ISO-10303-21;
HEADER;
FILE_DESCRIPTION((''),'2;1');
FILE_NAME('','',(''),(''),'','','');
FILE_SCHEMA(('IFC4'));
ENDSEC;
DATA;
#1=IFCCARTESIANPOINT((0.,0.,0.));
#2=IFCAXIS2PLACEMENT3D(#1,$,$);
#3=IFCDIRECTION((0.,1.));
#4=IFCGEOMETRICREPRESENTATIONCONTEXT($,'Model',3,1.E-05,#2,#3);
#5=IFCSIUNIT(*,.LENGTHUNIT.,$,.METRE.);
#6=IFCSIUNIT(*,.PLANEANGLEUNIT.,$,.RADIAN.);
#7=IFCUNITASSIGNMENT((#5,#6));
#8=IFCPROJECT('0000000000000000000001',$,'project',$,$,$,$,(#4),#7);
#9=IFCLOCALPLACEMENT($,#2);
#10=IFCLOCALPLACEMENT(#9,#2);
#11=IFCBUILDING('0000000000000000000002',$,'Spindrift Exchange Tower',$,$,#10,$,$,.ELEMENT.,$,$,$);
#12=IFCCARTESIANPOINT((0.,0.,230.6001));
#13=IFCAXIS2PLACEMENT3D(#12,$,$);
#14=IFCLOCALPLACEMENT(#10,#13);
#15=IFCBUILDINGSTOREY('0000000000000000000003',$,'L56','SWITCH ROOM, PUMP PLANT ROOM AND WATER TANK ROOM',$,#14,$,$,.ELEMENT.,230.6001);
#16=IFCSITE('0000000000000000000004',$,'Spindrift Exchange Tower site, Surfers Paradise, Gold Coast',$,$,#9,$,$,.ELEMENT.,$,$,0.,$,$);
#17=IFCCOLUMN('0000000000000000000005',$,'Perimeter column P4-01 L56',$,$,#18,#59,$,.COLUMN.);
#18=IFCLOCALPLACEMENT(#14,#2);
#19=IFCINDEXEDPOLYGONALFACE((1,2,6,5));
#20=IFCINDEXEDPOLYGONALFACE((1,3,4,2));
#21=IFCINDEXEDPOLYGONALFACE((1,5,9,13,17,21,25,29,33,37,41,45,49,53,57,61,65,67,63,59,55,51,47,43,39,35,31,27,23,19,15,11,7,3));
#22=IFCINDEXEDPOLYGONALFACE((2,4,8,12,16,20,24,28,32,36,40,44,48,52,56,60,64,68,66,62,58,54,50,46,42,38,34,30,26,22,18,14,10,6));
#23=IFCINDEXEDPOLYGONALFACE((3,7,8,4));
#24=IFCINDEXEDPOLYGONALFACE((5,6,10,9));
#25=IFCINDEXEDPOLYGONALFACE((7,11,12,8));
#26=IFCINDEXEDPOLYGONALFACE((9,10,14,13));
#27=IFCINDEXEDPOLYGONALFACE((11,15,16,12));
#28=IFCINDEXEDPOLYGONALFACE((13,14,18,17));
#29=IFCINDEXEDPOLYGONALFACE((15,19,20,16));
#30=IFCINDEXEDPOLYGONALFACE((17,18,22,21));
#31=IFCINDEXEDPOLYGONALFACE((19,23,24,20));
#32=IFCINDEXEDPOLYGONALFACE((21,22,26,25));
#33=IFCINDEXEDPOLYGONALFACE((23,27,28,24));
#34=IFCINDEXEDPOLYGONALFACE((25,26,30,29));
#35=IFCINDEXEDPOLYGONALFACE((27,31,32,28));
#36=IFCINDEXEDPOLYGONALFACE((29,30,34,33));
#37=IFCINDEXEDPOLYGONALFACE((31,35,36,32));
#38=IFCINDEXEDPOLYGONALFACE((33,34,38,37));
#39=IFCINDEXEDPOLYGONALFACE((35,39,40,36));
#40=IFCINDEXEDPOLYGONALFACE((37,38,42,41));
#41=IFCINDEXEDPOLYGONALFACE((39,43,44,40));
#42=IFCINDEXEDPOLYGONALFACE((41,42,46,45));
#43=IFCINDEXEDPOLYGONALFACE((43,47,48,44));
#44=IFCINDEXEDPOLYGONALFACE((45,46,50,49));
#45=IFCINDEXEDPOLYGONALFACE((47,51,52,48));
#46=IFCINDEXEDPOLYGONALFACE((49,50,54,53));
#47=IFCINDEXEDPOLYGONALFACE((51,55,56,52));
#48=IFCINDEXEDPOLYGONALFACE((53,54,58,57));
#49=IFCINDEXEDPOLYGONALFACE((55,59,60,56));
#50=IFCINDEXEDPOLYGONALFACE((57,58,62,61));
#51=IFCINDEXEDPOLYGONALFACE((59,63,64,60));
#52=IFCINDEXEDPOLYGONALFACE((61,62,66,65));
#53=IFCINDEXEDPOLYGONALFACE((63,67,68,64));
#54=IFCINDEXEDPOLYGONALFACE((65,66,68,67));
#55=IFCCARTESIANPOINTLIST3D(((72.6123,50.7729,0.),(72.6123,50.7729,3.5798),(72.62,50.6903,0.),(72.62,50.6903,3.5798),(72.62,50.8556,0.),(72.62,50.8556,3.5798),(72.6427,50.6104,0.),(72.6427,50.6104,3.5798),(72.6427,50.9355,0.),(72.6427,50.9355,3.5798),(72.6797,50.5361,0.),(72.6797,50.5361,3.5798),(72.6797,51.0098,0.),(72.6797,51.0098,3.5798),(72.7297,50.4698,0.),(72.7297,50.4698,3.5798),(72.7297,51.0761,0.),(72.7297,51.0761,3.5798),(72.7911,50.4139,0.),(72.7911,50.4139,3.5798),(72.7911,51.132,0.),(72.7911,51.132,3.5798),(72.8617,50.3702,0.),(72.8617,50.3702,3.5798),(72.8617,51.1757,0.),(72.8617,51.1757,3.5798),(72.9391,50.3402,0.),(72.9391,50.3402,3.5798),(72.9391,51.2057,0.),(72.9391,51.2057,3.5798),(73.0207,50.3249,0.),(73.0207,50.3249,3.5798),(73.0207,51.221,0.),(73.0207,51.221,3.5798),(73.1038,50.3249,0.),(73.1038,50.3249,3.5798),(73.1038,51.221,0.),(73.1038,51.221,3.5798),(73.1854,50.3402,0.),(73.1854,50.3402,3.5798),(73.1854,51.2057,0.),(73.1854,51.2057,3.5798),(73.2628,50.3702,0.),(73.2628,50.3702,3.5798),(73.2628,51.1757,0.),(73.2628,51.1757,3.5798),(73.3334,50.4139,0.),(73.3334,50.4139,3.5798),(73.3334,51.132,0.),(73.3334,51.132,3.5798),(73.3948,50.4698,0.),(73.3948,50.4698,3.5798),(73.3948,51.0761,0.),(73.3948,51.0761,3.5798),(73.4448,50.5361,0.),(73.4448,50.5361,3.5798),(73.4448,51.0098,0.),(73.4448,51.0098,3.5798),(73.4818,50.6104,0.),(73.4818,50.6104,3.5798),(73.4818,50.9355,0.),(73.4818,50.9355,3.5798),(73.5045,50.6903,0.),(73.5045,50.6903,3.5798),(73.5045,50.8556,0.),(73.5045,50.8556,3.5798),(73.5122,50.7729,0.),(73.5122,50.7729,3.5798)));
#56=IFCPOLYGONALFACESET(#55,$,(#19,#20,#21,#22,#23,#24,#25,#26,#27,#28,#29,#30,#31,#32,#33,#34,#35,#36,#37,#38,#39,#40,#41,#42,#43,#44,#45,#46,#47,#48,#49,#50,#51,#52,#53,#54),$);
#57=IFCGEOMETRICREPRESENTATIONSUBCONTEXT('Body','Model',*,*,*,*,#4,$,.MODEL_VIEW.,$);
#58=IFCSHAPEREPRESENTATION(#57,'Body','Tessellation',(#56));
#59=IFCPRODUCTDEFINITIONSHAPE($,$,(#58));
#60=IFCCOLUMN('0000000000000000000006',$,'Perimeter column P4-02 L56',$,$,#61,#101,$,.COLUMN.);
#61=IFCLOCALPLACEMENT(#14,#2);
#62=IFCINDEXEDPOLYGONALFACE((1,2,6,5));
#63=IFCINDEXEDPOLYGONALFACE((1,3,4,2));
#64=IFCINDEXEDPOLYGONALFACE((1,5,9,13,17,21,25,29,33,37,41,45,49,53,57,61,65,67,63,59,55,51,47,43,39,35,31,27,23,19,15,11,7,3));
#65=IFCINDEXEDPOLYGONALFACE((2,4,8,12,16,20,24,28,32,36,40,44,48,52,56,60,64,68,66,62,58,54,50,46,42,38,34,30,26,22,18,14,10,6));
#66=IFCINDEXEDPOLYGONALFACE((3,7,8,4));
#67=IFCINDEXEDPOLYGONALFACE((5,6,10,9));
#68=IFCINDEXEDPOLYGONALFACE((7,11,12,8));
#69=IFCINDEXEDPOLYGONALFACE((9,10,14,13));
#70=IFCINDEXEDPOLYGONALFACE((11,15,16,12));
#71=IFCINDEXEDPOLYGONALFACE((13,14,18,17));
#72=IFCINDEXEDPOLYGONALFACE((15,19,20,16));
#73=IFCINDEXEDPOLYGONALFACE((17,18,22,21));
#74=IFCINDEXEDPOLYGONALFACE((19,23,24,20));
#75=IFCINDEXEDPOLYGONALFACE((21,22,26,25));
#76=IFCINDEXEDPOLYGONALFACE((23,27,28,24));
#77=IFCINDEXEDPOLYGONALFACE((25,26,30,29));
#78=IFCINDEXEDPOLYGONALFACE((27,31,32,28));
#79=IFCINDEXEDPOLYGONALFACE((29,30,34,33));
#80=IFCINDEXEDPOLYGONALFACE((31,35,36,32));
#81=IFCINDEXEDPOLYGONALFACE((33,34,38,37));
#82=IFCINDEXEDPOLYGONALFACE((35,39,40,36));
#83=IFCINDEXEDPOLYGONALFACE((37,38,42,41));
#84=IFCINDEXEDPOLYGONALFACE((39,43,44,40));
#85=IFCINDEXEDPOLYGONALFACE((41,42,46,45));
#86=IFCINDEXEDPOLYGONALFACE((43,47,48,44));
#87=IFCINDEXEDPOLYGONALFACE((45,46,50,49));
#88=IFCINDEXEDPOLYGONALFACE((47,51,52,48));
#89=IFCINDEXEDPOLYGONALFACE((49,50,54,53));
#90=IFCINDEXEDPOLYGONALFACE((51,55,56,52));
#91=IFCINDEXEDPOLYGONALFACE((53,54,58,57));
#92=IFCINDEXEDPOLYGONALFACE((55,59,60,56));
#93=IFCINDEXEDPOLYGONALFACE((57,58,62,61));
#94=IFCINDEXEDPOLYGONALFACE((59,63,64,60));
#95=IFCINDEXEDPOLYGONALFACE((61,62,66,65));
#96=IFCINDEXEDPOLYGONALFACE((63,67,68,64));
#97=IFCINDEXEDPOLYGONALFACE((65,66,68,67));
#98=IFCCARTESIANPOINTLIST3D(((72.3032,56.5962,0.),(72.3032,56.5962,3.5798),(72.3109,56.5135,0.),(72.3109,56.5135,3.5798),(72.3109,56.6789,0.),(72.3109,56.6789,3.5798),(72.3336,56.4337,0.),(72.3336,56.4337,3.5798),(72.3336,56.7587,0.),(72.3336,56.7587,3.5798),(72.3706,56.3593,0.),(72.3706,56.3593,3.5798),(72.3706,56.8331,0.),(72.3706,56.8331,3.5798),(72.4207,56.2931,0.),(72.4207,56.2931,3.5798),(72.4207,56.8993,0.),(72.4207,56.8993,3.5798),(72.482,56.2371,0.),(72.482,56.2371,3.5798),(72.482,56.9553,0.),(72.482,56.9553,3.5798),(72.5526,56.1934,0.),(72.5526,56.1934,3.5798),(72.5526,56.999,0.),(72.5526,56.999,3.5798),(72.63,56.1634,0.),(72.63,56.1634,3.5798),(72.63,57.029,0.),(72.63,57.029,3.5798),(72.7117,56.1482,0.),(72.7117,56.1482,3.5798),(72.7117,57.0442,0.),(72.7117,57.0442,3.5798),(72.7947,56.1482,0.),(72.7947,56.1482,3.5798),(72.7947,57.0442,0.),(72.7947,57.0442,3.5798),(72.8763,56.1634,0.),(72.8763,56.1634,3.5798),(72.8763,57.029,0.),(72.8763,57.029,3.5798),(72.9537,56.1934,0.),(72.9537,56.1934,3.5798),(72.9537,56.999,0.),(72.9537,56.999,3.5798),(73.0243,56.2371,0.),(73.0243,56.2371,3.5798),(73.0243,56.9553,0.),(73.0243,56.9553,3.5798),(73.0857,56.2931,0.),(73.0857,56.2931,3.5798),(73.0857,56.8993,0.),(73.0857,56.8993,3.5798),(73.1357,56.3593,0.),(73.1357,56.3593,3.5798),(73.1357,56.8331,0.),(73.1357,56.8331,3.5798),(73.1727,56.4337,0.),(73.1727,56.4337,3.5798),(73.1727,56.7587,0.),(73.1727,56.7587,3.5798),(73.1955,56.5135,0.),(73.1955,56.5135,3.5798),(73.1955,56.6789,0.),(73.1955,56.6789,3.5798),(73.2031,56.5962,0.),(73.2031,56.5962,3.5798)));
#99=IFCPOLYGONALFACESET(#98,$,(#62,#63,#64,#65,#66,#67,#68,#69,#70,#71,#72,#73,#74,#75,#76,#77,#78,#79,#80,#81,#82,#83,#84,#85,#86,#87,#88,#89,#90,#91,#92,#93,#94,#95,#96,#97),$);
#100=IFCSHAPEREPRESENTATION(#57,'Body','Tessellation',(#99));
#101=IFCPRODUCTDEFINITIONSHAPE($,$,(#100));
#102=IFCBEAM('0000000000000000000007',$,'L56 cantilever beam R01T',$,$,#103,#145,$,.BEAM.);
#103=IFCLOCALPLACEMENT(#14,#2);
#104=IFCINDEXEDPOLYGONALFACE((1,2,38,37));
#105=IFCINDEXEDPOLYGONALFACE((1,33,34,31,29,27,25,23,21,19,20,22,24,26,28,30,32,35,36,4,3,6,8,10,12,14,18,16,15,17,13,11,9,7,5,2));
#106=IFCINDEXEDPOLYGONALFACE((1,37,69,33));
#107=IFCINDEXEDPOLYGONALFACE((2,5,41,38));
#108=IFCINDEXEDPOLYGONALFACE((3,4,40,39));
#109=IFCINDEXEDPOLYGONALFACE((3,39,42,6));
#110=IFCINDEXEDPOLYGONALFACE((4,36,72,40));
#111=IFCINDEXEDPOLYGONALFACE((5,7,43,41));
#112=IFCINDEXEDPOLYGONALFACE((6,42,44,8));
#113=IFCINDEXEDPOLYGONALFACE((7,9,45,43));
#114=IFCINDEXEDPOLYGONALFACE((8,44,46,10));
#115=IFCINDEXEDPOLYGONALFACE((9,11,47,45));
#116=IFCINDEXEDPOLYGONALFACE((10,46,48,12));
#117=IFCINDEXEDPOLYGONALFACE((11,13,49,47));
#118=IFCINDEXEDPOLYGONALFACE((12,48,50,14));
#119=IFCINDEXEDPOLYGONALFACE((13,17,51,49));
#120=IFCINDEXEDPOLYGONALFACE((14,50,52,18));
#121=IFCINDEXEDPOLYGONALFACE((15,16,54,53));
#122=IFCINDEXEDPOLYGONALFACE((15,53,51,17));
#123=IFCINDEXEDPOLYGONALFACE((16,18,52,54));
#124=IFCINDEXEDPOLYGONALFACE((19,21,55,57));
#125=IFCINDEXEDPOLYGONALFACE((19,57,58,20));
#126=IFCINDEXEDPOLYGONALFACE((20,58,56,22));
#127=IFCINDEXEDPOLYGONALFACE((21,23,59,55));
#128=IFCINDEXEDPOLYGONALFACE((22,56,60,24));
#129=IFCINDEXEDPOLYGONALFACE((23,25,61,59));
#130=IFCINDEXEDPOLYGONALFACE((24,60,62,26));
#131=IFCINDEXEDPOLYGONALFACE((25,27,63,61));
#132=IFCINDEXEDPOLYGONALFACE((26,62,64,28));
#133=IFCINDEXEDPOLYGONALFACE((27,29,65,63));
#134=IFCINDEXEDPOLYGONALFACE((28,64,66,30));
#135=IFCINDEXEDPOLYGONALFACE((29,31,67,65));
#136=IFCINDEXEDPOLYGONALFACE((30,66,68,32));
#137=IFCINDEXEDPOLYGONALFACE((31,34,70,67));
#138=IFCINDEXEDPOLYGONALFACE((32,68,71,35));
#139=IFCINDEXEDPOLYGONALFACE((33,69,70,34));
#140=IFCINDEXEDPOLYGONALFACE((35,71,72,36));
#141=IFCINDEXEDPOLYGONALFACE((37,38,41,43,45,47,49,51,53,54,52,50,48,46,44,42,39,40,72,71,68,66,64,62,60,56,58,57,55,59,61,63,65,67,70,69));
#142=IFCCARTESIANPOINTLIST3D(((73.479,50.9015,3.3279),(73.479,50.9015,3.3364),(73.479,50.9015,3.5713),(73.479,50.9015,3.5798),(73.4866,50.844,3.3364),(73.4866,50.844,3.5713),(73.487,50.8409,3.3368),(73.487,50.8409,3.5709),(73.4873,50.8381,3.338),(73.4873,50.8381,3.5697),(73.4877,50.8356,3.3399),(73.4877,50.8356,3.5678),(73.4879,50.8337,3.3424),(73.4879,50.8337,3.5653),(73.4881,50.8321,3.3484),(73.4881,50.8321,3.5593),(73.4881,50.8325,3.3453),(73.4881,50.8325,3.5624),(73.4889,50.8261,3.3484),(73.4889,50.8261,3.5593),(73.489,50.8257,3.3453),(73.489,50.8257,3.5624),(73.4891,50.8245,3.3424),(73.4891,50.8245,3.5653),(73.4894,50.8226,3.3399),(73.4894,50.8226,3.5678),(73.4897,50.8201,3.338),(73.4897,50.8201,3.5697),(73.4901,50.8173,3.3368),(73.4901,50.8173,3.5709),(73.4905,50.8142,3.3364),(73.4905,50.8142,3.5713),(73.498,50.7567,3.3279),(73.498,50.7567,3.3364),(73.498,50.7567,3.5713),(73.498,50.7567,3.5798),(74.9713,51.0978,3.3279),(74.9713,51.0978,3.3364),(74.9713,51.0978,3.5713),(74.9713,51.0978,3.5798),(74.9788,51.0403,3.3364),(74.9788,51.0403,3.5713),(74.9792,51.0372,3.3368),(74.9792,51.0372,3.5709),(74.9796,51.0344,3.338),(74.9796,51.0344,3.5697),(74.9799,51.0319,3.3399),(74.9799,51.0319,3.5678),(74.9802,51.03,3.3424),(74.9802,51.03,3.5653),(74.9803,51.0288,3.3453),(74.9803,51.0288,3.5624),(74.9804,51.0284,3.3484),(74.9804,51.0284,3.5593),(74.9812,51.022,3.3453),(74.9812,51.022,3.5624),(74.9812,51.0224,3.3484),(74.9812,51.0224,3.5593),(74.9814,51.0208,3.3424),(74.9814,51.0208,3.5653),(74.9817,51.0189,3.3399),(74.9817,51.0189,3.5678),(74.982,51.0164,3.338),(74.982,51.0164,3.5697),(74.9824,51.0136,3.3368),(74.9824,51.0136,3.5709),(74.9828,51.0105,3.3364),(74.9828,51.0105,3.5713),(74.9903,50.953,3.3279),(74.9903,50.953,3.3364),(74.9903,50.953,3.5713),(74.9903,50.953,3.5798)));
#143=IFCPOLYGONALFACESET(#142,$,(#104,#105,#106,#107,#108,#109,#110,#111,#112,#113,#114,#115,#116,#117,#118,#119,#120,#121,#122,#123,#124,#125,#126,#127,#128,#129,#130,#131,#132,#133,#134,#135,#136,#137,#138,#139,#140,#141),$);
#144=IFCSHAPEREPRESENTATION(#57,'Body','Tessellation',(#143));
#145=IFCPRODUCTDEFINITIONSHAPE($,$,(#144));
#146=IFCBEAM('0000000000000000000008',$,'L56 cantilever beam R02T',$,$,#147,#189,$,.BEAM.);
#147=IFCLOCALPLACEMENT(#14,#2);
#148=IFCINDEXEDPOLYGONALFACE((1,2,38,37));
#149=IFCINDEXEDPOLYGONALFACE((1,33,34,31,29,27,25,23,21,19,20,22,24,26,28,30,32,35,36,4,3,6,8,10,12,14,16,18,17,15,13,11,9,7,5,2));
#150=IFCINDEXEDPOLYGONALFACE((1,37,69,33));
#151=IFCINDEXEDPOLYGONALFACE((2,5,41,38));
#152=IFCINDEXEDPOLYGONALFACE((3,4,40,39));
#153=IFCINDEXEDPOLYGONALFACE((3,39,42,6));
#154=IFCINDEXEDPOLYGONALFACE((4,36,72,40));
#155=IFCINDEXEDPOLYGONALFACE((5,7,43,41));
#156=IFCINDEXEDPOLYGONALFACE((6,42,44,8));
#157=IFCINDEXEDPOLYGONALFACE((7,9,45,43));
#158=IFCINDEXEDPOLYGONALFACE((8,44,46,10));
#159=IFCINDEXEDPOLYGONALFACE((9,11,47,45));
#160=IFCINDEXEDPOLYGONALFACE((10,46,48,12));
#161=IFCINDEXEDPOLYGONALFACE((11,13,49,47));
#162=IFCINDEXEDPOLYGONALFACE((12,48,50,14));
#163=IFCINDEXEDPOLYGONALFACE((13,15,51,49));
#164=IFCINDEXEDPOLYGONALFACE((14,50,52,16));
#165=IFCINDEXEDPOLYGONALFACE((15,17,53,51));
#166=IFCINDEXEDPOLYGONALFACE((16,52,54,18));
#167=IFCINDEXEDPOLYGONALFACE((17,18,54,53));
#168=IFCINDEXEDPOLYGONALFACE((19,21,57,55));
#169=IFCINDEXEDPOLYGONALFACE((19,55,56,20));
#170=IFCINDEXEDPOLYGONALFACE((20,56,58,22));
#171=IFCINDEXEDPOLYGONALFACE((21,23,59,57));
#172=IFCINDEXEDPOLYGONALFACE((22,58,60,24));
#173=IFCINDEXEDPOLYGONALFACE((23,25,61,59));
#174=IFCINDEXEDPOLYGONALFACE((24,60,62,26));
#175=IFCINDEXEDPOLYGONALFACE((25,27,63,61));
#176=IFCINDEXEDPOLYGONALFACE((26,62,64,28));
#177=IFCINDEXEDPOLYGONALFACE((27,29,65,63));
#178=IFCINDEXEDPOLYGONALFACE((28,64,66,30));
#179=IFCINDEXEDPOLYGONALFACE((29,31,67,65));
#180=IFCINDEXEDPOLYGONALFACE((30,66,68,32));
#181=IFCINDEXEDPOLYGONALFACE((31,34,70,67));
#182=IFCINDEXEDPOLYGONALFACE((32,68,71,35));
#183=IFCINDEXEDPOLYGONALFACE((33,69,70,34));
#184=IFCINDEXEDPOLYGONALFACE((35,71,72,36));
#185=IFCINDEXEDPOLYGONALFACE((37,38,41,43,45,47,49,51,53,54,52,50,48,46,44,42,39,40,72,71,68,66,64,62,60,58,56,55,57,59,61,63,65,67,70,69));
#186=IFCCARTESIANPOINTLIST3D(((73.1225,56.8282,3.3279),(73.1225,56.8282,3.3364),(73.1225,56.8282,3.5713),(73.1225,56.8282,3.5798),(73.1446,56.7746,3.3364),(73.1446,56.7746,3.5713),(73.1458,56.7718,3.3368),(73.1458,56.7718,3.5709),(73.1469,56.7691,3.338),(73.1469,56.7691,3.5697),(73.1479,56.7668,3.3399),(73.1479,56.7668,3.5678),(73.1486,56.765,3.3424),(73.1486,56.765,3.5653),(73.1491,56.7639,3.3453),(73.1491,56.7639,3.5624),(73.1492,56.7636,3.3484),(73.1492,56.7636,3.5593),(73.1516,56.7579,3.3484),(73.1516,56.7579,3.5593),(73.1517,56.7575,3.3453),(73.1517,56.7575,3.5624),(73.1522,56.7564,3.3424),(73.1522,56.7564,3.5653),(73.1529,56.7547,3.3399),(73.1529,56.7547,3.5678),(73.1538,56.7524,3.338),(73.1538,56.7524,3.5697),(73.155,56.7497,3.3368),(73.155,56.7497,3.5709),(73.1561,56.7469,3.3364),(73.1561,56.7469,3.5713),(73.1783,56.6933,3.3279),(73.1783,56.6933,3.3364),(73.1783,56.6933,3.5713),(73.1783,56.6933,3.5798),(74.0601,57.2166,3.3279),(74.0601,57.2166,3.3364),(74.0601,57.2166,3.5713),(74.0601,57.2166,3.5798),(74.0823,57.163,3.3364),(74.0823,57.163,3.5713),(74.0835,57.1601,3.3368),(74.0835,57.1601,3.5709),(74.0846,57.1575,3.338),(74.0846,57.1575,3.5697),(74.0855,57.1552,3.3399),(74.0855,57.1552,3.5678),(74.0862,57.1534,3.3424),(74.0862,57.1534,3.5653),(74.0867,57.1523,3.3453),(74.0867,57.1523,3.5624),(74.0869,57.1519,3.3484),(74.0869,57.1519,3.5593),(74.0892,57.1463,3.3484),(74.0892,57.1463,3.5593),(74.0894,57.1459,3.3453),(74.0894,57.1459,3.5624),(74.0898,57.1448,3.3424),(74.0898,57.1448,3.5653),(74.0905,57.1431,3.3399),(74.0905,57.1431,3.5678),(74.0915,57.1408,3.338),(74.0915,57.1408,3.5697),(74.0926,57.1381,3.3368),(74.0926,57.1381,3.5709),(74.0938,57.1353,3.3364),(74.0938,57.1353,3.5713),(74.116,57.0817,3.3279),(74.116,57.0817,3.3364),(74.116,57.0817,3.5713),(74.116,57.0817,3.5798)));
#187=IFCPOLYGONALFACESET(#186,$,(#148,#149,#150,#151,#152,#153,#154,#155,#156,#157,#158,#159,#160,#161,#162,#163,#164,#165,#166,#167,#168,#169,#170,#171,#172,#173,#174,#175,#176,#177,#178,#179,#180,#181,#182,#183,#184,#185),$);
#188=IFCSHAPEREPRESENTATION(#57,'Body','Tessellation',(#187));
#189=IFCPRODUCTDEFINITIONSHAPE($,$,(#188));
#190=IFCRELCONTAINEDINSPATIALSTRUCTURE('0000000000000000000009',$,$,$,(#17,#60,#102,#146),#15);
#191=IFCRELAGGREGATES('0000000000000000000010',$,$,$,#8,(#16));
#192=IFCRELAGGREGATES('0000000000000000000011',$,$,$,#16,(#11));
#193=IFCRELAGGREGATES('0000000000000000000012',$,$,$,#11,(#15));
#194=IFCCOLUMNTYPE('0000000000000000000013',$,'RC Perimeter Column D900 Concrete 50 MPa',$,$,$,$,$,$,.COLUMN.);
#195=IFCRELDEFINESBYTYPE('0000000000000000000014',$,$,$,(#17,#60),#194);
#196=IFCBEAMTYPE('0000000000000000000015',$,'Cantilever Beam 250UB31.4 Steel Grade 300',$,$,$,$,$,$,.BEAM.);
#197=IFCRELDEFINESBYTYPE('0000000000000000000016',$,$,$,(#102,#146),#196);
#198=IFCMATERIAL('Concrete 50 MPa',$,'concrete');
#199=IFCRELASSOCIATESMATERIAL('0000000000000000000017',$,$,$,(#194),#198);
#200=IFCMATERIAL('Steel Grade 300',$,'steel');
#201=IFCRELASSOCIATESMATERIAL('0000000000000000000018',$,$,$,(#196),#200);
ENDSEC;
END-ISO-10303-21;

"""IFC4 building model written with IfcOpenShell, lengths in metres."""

from ifc_helpers import new_model, si_unit, direction, frame, origin, origin_2d, place, context, subcontext, project, spatial, circle, i_section, extrude, source, transform, mapped, material, material_profile, profile_set, type_object, element, save


model = new_model("IFC4")

# Units and contexts
model_context = context("Model", 3, precision=1e-05, world=origin(), true_north=direction((0.0, 1.0)))
body_context = subcontext(model_context, "Body", "Model", "MODEL_VIEW")
ifc_project = project(units=[si_unit("LENGTHUNIT", "METRE"), si_unit("PLANEANGLEUNIT", "RADIAN")], contexts=[model_context])

# Site, building, storey
site_placement = place(None, origin())
site = spatial("IfcSite", under=ifc_project, at=site_placement, Name="Spindrift Exchange Tower site, Surfers Paradise, Gold Coast", CompositionType="ELEMENT", RefElevation=0.0)
building_placement = place(site_placement, origin())
building = spatial("IfcBuilding", under=site, at=building_placement, Name="Spindrift Exchange Tower", CompositionType="ELEMENT")
storey_placement = place(building_placement, frame((0.0, 0.0, 230.6001)))
storey = spatial("IfcBuildingStorey", under=building, at=storey_placement, Name="L56", Description="SWITCH ROOM, PUMP PLANT ROOM AND WATER TANK ROOM", CompositionType="ELEMENT", Elevation=230.6001)

# Columns
ifc_material_1 = material(Name="Concrete 50 MPa", Category="concrete")
ifc_material_profile_1 = material_profile(ifc_material_1, circle(Radius=0.45, at=origin_2d()), Name="RC D900")
ifc_profile_set_1 = profile_set([ifc_material_profile_1], Name="Concrete 50 MPa")
column_type = type_object("IfcColumnType", Name="RC Perimeter Column D900 Concrete 50 MPa", PredefinedType="COLUMN", material=ifc_profile_set_1)
shared_shape_1 = source(origin(), body_context, "Body", "SweptSolid", [
    extrude(circle(Radius=0.45, at=origin_2d()), origin(), (0.0, 0.0, 1.0), 3.5798),
])
for number, where, z_axis, x_axis, name in (
    (1, (73.0623, 50.7729, 0.0), (0.0, 0.0, 1.0), (1.0, 0.0, 0.0), "Perimeter column P4-01 L56"),
    (2, (72.7532, 56.5962, 0.0), (0.0, 0.0, 1.0), (1.0, 0.0, 0.0), "Perimeter column P4-02 L56"),
):
    element("IfcColumn", number, at=place(storey_placement, frame(where, z_axis=z_axis, x_axis=x_axis)), inside=storey, type_object=column_type, Name=name, PredefinedType="COLUMN", context=body_context, shape_type="MappedRepresentation", body=[
        mapped(shared_shape_1, transform((0.0, 0.0, 0.0), scale=1.0)),
    ])

# Beams
ifc_material_2 = material(Name="Steel Grade 300", Category="steel")
ifc_material_profile_2 = material_profile(ifc_material_2, i_section(OverallWidth=0.146, OverallDepth=0.252, WebThickness=0.0061, FlangeThickness=0.0085, FilletRadius=0.012, at=origin_2d()), Name="250UB31.4")
ifc_profile_set_2 = profile_set([ifc_material_profile_2], Name="Steel Grade 300")
beam_type_1 = type_object("IfcBeamType", Name="Cantilever Beam 250UB31.4 Steel Grade 300", PredefinedType="BEAM", material=ifc_profile_set_2)
shared_shape_2 = source(origin(), body_context, "Body", "SweptSolid", [
    extrude(i_section(OverallWidth=0.146, OverallDepth=0.252, WebThickness=0.0061, FlangeThickness=0.0085, FilletRadius=0.012, at=origin_2d()), origin(), (0.0, 0.0, 1.0), 1.5051),
])
beam_1_placement = place(storey_placement, frame((73.4885, 50.8291, 3.4539), z_axis=(0.991459, 0.130421, 0.0), x_axis=(-0.130421, 0.991459, 0.0)))
element("IfcBeam", 3, at=beam_1_placement, inside=storey, type_object=beam_type_1, Name="L56 cantilever beam R01T", PredefinedType="BEAM", context=body_context, shape_type="MappedRepresentation", body=[
    mapped(shared_shape_2, transform((0.0, 0.0, 0.0), scale=1.0)),
])
shared_shape_3 = source(origin(), body_context, "Body", "SweptSolid", [
    extrude(i_section(OverallWidth=0.146, OverallDepth=0.252, WebThickness=0.0061, FlangeThickness=0.0085, FilletRadius=0.012, at=origin_2d()), origin(), (0.0, 0.0, 1.0), 1.0149),
])
beam_2_placement = place(storey_placement, frame((73.1504, 56.7607, 3.4539), z_axis=(0.923879, 0.382685, 0.0), x_axis=(-0.382685, 0.923879, 0.0)))
element("IfcBeam", 4, at=beam_2_placement, inside=storey, type_object=beam_type_1, Name="L56 cantilever beam R02T", PredefinedType="BEAM", context=body_context, shape_type="MappedRepresentation", body=[
    mapped(shared_shape_3, transform((0.0, 0.0, 0.0), scale=1.0)),
])

save(model, "model.ifc")
